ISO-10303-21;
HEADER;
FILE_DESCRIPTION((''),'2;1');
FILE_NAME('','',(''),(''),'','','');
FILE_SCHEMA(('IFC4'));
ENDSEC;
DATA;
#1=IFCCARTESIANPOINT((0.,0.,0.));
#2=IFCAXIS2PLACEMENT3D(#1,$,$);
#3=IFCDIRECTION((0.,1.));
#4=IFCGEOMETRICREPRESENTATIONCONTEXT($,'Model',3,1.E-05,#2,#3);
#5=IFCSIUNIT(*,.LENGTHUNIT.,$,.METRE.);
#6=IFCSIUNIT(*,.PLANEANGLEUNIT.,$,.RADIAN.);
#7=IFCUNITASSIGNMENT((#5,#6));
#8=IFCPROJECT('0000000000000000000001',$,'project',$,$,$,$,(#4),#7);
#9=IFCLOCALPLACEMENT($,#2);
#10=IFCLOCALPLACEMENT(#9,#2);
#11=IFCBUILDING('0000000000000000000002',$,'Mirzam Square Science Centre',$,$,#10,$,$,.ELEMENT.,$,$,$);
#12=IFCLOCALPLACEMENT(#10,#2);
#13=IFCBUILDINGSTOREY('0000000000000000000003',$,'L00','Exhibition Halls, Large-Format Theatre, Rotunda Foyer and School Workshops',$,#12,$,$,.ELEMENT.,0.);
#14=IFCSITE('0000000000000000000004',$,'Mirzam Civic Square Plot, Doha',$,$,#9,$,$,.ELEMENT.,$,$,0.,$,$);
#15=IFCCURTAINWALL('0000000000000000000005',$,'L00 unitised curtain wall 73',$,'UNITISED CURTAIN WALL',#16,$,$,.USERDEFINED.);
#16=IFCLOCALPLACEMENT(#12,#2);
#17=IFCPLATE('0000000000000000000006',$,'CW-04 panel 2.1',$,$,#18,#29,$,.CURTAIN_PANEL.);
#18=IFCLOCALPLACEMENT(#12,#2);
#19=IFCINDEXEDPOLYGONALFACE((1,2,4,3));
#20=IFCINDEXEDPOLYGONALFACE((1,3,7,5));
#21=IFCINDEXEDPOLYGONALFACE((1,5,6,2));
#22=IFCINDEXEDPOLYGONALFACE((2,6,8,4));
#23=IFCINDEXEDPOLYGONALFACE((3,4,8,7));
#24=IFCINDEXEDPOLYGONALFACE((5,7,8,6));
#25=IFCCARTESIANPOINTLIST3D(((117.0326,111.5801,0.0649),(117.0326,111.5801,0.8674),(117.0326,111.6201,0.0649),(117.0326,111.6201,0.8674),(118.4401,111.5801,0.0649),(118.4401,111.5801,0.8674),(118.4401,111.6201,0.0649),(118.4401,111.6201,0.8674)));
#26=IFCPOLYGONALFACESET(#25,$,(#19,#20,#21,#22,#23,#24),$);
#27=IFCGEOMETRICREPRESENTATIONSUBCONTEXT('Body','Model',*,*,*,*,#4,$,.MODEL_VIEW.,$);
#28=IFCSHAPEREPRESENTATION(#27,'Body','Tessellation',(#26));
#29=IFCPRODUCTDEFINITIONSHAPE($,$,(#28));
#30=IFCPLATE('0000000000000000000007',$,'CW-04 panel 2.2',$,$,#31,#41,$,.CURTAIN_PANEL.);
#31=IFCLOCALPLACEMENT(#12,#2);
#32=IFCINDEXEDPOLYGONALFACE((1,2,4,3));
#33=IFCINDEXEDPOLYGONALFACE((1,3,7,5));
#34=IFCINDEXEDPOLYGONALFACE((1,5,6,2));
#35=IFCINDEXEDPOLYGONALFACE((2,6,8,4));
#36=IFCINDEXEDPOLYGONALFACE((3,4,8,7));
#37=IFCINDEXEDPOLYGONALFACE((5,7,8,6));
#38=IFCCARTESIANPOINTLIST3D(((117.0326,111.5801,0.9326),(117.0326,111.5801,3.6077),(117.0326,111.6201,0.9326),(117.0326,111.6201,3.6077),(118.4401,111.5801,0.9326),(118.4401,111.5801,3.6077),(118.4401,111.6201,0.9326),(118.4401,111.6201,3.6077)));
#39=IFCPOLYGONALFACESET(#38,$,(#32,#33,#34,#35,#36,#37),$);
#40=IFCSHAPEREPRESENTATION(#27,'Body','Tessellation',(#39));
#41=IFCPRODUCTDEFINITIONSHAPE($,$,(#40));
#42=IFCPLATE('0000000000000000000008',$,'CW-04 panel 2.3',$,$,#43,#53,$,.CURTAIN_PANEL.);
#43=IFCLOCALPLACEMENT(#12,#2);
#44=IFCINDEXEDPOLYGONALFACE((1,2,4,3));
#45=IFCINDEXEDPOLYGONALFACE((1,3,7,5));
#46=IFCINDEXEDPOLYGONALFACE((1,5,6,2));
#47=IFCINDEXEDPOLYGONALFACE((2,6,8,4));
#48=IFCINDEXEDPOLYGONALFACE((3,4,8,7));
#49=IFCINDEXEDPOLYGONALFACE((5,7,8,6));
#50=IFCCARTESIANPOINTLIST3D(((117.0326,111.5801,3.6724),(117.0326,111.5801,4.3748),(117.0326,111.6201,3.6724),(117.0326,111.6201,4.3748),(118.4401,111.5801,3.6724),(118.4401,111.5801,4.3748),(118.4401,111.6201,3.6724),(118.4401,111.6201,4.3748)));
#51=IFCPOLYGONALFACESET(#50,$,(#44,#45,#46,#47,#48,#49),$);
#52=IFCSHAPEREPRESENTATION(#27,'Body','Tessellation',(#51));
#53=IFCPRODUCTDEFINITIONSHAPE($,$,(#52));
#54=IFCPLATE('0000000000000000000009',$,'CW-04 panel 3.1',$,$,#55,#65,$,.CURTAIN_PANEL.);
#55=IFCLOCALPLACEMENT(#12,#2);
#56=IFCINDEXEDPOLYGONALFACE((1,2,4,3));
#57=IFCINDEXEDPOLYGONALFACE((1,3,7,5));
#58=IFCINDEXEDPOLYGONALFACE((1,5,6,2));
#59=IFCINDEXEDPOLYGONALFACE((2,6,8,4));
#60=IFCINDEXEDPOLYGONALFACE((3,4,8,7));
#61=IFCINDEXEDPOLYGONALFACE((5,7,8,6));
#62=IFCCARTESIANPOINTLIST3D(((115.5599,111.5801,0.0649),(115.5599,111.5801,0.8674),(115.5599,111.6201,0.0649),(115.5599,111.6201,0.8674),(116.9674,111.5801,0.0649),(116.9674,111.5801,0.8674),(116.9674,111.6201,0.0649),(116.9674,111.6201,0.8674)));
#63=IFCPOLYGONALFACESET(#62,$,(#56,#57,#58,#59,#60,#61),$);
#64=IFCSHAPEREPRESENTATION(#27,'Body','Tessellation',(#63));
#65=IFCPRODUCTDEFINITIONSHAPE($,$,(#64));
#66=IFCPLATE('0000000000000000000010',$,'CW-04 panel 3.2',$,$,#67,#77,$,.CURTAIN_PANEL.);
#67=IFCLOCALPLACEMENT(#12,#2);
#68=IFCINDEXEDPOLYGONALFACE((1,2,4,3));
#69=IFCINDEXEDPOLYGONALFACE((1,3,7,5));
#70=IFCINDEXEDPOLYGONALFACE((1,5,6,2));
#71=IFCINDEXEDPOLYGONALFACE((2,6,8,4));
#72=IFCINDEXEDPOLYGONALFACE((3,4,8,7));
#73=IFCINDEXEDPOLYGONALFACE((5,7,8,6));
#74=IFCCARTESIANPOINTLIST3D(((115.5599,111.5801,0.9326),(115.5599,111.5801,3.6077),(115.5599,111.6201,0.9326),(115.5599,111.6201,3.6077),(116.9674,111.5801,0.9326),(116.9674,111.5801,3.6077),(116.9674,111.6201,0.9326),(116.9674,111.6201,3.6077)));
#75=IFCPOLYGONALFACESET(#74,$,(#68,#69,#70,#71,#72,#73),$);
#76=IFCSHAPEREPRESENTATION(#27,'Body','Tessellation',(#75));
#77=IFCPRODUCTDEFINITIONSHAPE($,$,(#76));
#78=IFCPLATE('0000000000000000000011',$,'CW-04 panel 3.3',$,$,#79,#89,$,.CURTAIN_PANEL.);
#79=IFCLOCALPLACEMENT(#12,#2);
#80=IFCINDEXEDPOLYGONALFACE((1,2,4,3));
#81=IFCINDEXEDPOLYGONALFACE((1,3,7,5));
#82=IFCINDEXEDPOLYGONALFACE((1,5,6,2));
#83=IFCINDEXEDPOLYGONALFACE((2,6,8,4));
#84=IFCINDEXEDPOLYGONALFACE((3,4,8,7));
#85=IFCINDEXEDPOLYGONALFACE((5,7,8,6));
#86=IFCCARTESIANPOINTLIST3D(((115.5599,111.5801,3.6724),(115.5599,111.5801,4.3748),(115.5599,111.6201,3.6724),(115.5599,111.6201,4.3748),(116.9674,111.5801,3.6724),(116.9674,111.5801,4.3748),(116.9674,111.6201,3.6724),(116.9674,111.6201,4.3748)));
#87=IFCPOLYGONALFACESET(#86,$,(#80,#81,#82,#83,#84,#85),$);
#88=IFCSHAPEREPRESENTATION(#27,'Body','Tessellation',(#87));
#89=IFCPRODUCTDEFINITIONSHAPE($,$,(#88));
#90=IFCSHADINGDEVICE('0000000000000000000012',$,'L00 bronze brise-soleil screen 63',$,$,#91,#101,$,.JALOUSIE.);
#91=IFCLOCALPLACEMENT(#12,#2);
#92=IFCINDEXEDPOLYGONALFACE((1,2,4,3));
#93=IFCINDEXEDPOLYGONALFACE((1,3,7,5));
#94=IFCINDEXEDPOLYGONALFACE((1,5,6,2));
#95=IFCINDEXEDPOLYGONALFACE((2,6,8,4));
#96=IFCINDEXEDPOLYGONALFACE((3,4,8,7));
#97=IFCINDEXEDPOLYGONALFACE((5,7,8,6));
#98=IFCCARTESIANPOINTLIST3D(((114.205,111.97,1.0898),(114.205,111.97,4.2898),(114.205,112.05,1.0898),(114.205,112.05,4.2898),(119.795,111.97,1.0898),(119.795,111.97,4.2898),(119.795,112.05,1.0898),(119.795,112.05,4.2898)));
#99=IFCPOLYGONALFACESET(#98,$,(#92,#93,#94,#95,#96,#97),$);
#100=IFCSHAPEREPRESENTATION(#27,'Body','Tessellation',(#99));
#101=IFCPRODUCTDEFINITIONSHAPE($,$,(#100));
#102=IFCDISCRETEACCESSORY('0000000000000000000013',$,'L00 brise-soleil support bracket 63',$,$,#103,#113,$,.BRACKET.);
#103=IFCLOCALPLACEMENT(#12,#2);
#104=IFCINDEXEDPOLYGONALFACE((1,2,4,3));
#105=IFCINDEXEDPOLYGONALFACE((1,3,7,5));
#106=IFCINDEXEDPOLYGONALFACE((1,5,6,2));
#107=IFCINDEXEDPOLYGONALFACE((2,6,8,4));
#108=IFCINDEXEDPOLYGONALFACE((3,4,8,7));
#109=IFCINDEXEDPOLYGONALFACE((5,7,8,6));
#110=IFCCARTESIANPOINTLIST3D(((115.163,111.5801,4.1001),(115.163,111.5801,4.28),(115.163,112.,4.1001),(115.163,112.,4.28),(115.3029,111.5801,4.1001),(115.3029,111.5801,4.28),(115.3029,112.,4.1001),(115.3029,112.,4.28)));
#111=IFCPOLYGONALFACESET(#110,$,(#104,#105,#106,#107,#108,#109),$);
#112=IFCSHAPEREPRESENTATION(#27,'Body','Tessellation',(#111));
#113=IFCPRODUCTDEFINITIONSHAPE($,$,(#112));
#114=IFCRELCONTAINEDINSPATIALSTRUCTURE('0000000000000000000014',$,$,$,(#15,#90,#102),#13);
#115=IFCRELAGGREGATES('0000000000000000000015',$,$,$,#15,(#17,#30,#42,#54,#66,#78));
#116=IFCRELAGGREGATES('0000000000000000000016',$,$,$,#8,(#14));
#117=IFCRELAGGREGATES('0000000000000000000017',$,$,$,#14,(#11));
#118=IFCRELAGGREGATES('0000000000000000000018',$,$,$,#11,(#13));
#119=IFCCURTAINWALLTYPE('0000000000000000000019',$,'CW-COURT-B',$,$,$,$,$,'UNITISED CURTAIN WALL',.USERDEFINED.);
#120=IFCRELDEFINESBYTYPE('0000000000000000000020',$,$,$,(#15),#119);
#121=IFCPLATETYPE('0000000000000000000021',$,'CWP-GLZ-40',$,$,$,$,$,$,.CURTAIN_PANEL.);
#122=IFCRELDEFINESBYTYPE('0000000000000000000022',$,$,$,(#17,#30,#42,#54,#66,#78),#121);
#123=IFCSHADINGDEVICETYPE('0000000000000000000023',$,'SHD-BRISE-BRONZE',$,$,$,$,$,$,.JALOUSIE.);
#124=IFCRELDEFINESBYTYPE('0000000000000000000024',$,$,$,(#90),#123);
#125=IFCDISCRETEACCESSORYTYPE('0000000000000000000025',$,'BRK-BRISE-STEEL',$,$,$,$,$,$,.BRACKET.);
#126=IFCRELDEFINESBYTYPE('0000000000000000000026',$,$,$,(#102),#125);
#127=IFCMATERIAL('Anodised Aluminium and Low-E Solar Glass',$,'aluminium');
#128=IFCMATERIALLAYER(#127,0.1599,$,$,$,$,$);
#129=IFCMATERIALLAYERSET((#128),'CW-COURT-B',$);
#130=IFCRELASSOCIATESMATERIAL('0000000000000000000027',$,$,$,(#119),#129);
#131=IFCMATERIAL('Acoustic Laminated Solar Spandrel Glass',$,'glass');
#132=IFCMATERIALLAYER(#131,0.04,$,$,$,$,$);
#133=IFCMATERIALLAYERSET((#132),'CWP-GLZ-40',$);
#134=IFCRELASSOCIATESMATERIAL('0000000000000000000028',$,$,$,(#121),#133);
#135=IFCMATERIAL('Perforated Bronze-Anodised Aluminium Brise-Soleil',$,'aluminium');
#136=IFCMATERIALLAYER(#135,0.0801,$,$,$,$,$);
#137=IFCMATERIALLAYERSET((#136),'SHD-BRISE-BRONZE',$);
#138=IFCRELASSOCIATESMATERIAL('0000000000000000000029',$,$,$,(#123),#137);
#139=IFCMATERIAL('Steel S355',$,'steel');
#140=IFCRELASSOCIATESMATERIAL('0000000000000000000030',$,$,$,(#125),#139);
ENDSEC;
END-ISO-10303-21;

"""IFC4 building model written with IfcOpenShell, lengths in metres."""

from ifc_helpers import new_model, si_unit, direction, frame, origin, origin_2d, place, context, subcontext, project, spatial, rectangle, extrude, material, layer, layer_set, type_object, element, aggregate, save


model = new_model("IFC4")

# Units and contexts
model_context = context("Model", 3, precision=1e-05, world=origin(), true_north=direction((0.0, 1.0)))
body_context = subcontext(model_context, "Body", "Model", "MODEL_VIEW")
ifc_project = project(units=[si_unit("LENGTHUNIT", "METRE"), si_unit("PLANEANGLEUNIT", "RADIAN")], contexts=[model_context])

# Site, building, storey
site_placement = place(None, origin())
site = spatial("IfcSite", under=ifc_project, at=site_placement, Name="Mirzam Civic Square Plot, Doha", CompositionType="ELEMENT", RefElevation=0.0)
building_placement = place(site_placement, origin())
building = spatial("IfcBuilding", under=site, at=building_placement, Name="Mirzam Square Science Centre", CompositionType="ELEMENT")
storey_placement = place(building_placement, origin())
storey = spatial("IfcBuildingStorey", under=building, at=storey_placement, Name="L00", Description="Exhibition Halls, Large-Format Theatre, Rotunda Foyer and School Workshops", CompositionType="ELEMENT", Elevation=0.0)

# Curtain wall, plates
ifc_material_1 = material(Name="Anodised Aluminium and Low-E Solar Glass", Category="aluminium")
ifc_layer_1 = layer(ifc_material_1, 0.1599)
ifc_layer_set_1 = layer_set([ifc_layer_1], Name="CW-COURT-B")
curtain_wall_type = type_object("IfcCurtainWallType", Name="CW-COURT-B", ElementType="UNITISED CURTAIN WALL", PredefinedType="USERDEFINED", material=ifc_layer_set_1)
curtain_wall_placement = place(storey_placement, origin())
curtain_wall = element("IfcCurtainWall", 1, at=curtain_wall_placement, inside=storey, type_object=curtain_wall_type, Name="L00 unitised curtain wall 73", ObjectType="UNITISED CURTAIN WALL", PredefinedType="USERDEFINED")
ifc_material_2 = material(Name="Acoustic Laminated Solar Spandrel Glass", Category="glass")
ifc_layer_2 = layer(ifc_material_2, 0.04)
ifc_layer_set_2 = layer_set([ifc_layer_2], Name="CWP-GLZ-40")
plate_type = type_object("IfcPlateType", Name="CWP-GLZ-40", PredefinedType="CURTAIN_PANEL", material=ifc_layer_set_2)
plate_1_placement = place(storey_placement, frame((117.7363, 111.6001, 0.0649), z_axis=(0.0, 0.0, 1.0), x_axis=(-1.0, 0.0, 0.0)))
plate_1 = element("IfcPlate", 2, at=plate_1_placement, type_object=plate_type, Name="CW-04 panel 2.1", PredefinedType="CURTAIN_PANEL", context=body_context, shape_type="SweptSolid", body=[
    extrude(rectangle(XDim=1.4075, YDim=0.04, at=origin_2d()), origin(), (0.0, 0.0, 1.0), 0.8025),
])
plate_2_placement = place(storey_placement, frame((117.7363, 111.6001, 0.9326), z_axis=(0.0, 0.0, 1.0), x_axis=(-1.0, 0.0, 0.0)))
plate_2 = element("IfcPlate", 3, at=plate_2_placement, type_object=plate_type, Name="CW-04 panel 2.2", PredefinedType="CURTAIN_PANEL", context=body_context, shape_type="SweptSolid", body=[
    extrude(rectangle(XDim=1.4075, YDim=0.04, at=origin_2d()), origin(), (0.0, 0.0, 1.0), 2.675),
])
plate_3_placement = place(storey_placement, frame((117.7363, 111.6001, 3.6724), z_axis=(0.0, 0.0, 1.0), x_axis=(-1.0, 0.0, 0.0)))
plate_3 = element("IfcPlate", 4, at=plate_3_placement, type_object=plate_type, Name="CW-04 panel 2.3", PredefinedType="CURTAIN_PANEL", context=body_context, shape_type="SweptSolid", body=[
    extrude(rectangle(XDim=1.4075, YDim=0.04, at=origin_2d()), origin(), (0.0, 0.0, 1.0), 0.7024),
])
plate_4_placement = place(storey_placement, frame((116.2637, 111.6001, 0.0649), z_axis=(0.0, 0.0, 1.0), x_axis=(-1.0, 0.0, 0.0)))
plate_4 = element("IfcPlate", 5, at=plate_4_placement, type_object=plate_type, Name="CW-04 panel 3.1", PredefinedType="CURTAIN_PANEL", context=body_context, shape_type="SweptSolid", body=[
    extrude(rectangle(XDim=1.4075, YDim=0.04, at=origin_2d()), origin(), (0.0, 0.0, 1.0), 0.8025),
])
plate_5_placement = place(storey_placement, frame((116.2637, 111.6001, 0.9326), z_axis=(0.0, 0.0, 1.0), x_axis=(-1.0, 0.0, 0.0)))
plate_5 = element("IfcPlate", 6, at=plate_5_placement, type_object=plate_type, Name="CW-04 panel 3.2", PredefinedType="CURTAIN_PANEL", context=body_context, shape_type="SweptSolid", body=[
    extrude(rectangle(XDim=1.4075, YDim=0.04, at=origin_2d()), origin(), (0.0, 0.0, 1.0), 2.675),
])
plate_6_placement = place(storey_placement, frame((116.2637, 111.6001, 3.6724), z_axis=(0.0, 0.0, 1.0), x_axis=(-1.0, 0.0, 0.0)))
plate_6 = element("IfcPlate", 7, at=plate_6_placement, type_object=plate_type, Name="CW-04 panel 3.3", PredefinedType="CURTAIN_PANEL", context=body_context, shape_type="SweptSolid", body=[
    extrude(rectangle(XDim=1.4075, YDim=0.04, at=origin_2d()), origin(), (0.0, 0.0, 1.0), 0.7024),
])
aggregate(curtain_wall, [plate_1, plate_2, plate_3, plate_4, plate_5, plate_6])

# Shading device
ifc_material_3 = material(Name="Perforated Bronze-Anodised Aluminium Brise-Soleil", Category="aluminium")
ifc_layer_3 = layer(ifc_material_3, 0.0801)
ifc_layer_set_3 = layer_set([ifc_layer_3], Name="SHD-BRISE-BRONZE")
shading_device_type = type_object("IfcShadingDeviceType", Name="SHD-BRISE-BRONZE", PredefinedType="JALOUSIE", material=ifc_layer_set_3)
shading_device_placement = place(storey_placement, frame((117.0, 112.01, 1.0898), z_axis=(0.0, 0.0, 1.0), x_axis=(-1.0, 0.0, 0.0)))
element("IfcShadingDevice", 8, at=shading_device_placement, inside=storey, type_object=shading_device_type, Name="L00 bronze brise-soleil screen 63", PredefinedType="JALOUSIE", context=body_context, shape_type="SweptSolid", body=[
    extrude(rectangle(XDim=5.5901, YDim=0.0801, at=origin_2d()), origin(), (0.0, 0.0, 1.0), 3.2),
])

# Discrete accessory
ifc_material_4 = material(Name="Steel S355", Category="steel")
discrete_accessory_type = type_object("IfcDiscreteAccessoryType", Name="BRK-BRISE-STEEL", PredefinedType="BRACKET", material=ifc_material_4)
discrete_accessory_placement = place(storey_placement, frame((115.2329, 111.79, 4.1001), z_axis=(0.0, 0.0, 1.0), x_axis=(-1.0, 0.0, 0.0)))
element("IfcDiscreteAccessory", 9, at=discrete_accessory_placement, inside=storey, type_object=discrete_accessory_type, Name="L00 brise-soleil support bracket 63", PredefinedType="BRACKET", context=body_context, shape_type="SweptSolid", body=[
    extrude(rectangle(XDim=0.1399, YDim=0.4199, at=origin_2d()), origin(), (0.0, 0.0, 1.0), 0.1799),
])

save(model, "model.ifc")
